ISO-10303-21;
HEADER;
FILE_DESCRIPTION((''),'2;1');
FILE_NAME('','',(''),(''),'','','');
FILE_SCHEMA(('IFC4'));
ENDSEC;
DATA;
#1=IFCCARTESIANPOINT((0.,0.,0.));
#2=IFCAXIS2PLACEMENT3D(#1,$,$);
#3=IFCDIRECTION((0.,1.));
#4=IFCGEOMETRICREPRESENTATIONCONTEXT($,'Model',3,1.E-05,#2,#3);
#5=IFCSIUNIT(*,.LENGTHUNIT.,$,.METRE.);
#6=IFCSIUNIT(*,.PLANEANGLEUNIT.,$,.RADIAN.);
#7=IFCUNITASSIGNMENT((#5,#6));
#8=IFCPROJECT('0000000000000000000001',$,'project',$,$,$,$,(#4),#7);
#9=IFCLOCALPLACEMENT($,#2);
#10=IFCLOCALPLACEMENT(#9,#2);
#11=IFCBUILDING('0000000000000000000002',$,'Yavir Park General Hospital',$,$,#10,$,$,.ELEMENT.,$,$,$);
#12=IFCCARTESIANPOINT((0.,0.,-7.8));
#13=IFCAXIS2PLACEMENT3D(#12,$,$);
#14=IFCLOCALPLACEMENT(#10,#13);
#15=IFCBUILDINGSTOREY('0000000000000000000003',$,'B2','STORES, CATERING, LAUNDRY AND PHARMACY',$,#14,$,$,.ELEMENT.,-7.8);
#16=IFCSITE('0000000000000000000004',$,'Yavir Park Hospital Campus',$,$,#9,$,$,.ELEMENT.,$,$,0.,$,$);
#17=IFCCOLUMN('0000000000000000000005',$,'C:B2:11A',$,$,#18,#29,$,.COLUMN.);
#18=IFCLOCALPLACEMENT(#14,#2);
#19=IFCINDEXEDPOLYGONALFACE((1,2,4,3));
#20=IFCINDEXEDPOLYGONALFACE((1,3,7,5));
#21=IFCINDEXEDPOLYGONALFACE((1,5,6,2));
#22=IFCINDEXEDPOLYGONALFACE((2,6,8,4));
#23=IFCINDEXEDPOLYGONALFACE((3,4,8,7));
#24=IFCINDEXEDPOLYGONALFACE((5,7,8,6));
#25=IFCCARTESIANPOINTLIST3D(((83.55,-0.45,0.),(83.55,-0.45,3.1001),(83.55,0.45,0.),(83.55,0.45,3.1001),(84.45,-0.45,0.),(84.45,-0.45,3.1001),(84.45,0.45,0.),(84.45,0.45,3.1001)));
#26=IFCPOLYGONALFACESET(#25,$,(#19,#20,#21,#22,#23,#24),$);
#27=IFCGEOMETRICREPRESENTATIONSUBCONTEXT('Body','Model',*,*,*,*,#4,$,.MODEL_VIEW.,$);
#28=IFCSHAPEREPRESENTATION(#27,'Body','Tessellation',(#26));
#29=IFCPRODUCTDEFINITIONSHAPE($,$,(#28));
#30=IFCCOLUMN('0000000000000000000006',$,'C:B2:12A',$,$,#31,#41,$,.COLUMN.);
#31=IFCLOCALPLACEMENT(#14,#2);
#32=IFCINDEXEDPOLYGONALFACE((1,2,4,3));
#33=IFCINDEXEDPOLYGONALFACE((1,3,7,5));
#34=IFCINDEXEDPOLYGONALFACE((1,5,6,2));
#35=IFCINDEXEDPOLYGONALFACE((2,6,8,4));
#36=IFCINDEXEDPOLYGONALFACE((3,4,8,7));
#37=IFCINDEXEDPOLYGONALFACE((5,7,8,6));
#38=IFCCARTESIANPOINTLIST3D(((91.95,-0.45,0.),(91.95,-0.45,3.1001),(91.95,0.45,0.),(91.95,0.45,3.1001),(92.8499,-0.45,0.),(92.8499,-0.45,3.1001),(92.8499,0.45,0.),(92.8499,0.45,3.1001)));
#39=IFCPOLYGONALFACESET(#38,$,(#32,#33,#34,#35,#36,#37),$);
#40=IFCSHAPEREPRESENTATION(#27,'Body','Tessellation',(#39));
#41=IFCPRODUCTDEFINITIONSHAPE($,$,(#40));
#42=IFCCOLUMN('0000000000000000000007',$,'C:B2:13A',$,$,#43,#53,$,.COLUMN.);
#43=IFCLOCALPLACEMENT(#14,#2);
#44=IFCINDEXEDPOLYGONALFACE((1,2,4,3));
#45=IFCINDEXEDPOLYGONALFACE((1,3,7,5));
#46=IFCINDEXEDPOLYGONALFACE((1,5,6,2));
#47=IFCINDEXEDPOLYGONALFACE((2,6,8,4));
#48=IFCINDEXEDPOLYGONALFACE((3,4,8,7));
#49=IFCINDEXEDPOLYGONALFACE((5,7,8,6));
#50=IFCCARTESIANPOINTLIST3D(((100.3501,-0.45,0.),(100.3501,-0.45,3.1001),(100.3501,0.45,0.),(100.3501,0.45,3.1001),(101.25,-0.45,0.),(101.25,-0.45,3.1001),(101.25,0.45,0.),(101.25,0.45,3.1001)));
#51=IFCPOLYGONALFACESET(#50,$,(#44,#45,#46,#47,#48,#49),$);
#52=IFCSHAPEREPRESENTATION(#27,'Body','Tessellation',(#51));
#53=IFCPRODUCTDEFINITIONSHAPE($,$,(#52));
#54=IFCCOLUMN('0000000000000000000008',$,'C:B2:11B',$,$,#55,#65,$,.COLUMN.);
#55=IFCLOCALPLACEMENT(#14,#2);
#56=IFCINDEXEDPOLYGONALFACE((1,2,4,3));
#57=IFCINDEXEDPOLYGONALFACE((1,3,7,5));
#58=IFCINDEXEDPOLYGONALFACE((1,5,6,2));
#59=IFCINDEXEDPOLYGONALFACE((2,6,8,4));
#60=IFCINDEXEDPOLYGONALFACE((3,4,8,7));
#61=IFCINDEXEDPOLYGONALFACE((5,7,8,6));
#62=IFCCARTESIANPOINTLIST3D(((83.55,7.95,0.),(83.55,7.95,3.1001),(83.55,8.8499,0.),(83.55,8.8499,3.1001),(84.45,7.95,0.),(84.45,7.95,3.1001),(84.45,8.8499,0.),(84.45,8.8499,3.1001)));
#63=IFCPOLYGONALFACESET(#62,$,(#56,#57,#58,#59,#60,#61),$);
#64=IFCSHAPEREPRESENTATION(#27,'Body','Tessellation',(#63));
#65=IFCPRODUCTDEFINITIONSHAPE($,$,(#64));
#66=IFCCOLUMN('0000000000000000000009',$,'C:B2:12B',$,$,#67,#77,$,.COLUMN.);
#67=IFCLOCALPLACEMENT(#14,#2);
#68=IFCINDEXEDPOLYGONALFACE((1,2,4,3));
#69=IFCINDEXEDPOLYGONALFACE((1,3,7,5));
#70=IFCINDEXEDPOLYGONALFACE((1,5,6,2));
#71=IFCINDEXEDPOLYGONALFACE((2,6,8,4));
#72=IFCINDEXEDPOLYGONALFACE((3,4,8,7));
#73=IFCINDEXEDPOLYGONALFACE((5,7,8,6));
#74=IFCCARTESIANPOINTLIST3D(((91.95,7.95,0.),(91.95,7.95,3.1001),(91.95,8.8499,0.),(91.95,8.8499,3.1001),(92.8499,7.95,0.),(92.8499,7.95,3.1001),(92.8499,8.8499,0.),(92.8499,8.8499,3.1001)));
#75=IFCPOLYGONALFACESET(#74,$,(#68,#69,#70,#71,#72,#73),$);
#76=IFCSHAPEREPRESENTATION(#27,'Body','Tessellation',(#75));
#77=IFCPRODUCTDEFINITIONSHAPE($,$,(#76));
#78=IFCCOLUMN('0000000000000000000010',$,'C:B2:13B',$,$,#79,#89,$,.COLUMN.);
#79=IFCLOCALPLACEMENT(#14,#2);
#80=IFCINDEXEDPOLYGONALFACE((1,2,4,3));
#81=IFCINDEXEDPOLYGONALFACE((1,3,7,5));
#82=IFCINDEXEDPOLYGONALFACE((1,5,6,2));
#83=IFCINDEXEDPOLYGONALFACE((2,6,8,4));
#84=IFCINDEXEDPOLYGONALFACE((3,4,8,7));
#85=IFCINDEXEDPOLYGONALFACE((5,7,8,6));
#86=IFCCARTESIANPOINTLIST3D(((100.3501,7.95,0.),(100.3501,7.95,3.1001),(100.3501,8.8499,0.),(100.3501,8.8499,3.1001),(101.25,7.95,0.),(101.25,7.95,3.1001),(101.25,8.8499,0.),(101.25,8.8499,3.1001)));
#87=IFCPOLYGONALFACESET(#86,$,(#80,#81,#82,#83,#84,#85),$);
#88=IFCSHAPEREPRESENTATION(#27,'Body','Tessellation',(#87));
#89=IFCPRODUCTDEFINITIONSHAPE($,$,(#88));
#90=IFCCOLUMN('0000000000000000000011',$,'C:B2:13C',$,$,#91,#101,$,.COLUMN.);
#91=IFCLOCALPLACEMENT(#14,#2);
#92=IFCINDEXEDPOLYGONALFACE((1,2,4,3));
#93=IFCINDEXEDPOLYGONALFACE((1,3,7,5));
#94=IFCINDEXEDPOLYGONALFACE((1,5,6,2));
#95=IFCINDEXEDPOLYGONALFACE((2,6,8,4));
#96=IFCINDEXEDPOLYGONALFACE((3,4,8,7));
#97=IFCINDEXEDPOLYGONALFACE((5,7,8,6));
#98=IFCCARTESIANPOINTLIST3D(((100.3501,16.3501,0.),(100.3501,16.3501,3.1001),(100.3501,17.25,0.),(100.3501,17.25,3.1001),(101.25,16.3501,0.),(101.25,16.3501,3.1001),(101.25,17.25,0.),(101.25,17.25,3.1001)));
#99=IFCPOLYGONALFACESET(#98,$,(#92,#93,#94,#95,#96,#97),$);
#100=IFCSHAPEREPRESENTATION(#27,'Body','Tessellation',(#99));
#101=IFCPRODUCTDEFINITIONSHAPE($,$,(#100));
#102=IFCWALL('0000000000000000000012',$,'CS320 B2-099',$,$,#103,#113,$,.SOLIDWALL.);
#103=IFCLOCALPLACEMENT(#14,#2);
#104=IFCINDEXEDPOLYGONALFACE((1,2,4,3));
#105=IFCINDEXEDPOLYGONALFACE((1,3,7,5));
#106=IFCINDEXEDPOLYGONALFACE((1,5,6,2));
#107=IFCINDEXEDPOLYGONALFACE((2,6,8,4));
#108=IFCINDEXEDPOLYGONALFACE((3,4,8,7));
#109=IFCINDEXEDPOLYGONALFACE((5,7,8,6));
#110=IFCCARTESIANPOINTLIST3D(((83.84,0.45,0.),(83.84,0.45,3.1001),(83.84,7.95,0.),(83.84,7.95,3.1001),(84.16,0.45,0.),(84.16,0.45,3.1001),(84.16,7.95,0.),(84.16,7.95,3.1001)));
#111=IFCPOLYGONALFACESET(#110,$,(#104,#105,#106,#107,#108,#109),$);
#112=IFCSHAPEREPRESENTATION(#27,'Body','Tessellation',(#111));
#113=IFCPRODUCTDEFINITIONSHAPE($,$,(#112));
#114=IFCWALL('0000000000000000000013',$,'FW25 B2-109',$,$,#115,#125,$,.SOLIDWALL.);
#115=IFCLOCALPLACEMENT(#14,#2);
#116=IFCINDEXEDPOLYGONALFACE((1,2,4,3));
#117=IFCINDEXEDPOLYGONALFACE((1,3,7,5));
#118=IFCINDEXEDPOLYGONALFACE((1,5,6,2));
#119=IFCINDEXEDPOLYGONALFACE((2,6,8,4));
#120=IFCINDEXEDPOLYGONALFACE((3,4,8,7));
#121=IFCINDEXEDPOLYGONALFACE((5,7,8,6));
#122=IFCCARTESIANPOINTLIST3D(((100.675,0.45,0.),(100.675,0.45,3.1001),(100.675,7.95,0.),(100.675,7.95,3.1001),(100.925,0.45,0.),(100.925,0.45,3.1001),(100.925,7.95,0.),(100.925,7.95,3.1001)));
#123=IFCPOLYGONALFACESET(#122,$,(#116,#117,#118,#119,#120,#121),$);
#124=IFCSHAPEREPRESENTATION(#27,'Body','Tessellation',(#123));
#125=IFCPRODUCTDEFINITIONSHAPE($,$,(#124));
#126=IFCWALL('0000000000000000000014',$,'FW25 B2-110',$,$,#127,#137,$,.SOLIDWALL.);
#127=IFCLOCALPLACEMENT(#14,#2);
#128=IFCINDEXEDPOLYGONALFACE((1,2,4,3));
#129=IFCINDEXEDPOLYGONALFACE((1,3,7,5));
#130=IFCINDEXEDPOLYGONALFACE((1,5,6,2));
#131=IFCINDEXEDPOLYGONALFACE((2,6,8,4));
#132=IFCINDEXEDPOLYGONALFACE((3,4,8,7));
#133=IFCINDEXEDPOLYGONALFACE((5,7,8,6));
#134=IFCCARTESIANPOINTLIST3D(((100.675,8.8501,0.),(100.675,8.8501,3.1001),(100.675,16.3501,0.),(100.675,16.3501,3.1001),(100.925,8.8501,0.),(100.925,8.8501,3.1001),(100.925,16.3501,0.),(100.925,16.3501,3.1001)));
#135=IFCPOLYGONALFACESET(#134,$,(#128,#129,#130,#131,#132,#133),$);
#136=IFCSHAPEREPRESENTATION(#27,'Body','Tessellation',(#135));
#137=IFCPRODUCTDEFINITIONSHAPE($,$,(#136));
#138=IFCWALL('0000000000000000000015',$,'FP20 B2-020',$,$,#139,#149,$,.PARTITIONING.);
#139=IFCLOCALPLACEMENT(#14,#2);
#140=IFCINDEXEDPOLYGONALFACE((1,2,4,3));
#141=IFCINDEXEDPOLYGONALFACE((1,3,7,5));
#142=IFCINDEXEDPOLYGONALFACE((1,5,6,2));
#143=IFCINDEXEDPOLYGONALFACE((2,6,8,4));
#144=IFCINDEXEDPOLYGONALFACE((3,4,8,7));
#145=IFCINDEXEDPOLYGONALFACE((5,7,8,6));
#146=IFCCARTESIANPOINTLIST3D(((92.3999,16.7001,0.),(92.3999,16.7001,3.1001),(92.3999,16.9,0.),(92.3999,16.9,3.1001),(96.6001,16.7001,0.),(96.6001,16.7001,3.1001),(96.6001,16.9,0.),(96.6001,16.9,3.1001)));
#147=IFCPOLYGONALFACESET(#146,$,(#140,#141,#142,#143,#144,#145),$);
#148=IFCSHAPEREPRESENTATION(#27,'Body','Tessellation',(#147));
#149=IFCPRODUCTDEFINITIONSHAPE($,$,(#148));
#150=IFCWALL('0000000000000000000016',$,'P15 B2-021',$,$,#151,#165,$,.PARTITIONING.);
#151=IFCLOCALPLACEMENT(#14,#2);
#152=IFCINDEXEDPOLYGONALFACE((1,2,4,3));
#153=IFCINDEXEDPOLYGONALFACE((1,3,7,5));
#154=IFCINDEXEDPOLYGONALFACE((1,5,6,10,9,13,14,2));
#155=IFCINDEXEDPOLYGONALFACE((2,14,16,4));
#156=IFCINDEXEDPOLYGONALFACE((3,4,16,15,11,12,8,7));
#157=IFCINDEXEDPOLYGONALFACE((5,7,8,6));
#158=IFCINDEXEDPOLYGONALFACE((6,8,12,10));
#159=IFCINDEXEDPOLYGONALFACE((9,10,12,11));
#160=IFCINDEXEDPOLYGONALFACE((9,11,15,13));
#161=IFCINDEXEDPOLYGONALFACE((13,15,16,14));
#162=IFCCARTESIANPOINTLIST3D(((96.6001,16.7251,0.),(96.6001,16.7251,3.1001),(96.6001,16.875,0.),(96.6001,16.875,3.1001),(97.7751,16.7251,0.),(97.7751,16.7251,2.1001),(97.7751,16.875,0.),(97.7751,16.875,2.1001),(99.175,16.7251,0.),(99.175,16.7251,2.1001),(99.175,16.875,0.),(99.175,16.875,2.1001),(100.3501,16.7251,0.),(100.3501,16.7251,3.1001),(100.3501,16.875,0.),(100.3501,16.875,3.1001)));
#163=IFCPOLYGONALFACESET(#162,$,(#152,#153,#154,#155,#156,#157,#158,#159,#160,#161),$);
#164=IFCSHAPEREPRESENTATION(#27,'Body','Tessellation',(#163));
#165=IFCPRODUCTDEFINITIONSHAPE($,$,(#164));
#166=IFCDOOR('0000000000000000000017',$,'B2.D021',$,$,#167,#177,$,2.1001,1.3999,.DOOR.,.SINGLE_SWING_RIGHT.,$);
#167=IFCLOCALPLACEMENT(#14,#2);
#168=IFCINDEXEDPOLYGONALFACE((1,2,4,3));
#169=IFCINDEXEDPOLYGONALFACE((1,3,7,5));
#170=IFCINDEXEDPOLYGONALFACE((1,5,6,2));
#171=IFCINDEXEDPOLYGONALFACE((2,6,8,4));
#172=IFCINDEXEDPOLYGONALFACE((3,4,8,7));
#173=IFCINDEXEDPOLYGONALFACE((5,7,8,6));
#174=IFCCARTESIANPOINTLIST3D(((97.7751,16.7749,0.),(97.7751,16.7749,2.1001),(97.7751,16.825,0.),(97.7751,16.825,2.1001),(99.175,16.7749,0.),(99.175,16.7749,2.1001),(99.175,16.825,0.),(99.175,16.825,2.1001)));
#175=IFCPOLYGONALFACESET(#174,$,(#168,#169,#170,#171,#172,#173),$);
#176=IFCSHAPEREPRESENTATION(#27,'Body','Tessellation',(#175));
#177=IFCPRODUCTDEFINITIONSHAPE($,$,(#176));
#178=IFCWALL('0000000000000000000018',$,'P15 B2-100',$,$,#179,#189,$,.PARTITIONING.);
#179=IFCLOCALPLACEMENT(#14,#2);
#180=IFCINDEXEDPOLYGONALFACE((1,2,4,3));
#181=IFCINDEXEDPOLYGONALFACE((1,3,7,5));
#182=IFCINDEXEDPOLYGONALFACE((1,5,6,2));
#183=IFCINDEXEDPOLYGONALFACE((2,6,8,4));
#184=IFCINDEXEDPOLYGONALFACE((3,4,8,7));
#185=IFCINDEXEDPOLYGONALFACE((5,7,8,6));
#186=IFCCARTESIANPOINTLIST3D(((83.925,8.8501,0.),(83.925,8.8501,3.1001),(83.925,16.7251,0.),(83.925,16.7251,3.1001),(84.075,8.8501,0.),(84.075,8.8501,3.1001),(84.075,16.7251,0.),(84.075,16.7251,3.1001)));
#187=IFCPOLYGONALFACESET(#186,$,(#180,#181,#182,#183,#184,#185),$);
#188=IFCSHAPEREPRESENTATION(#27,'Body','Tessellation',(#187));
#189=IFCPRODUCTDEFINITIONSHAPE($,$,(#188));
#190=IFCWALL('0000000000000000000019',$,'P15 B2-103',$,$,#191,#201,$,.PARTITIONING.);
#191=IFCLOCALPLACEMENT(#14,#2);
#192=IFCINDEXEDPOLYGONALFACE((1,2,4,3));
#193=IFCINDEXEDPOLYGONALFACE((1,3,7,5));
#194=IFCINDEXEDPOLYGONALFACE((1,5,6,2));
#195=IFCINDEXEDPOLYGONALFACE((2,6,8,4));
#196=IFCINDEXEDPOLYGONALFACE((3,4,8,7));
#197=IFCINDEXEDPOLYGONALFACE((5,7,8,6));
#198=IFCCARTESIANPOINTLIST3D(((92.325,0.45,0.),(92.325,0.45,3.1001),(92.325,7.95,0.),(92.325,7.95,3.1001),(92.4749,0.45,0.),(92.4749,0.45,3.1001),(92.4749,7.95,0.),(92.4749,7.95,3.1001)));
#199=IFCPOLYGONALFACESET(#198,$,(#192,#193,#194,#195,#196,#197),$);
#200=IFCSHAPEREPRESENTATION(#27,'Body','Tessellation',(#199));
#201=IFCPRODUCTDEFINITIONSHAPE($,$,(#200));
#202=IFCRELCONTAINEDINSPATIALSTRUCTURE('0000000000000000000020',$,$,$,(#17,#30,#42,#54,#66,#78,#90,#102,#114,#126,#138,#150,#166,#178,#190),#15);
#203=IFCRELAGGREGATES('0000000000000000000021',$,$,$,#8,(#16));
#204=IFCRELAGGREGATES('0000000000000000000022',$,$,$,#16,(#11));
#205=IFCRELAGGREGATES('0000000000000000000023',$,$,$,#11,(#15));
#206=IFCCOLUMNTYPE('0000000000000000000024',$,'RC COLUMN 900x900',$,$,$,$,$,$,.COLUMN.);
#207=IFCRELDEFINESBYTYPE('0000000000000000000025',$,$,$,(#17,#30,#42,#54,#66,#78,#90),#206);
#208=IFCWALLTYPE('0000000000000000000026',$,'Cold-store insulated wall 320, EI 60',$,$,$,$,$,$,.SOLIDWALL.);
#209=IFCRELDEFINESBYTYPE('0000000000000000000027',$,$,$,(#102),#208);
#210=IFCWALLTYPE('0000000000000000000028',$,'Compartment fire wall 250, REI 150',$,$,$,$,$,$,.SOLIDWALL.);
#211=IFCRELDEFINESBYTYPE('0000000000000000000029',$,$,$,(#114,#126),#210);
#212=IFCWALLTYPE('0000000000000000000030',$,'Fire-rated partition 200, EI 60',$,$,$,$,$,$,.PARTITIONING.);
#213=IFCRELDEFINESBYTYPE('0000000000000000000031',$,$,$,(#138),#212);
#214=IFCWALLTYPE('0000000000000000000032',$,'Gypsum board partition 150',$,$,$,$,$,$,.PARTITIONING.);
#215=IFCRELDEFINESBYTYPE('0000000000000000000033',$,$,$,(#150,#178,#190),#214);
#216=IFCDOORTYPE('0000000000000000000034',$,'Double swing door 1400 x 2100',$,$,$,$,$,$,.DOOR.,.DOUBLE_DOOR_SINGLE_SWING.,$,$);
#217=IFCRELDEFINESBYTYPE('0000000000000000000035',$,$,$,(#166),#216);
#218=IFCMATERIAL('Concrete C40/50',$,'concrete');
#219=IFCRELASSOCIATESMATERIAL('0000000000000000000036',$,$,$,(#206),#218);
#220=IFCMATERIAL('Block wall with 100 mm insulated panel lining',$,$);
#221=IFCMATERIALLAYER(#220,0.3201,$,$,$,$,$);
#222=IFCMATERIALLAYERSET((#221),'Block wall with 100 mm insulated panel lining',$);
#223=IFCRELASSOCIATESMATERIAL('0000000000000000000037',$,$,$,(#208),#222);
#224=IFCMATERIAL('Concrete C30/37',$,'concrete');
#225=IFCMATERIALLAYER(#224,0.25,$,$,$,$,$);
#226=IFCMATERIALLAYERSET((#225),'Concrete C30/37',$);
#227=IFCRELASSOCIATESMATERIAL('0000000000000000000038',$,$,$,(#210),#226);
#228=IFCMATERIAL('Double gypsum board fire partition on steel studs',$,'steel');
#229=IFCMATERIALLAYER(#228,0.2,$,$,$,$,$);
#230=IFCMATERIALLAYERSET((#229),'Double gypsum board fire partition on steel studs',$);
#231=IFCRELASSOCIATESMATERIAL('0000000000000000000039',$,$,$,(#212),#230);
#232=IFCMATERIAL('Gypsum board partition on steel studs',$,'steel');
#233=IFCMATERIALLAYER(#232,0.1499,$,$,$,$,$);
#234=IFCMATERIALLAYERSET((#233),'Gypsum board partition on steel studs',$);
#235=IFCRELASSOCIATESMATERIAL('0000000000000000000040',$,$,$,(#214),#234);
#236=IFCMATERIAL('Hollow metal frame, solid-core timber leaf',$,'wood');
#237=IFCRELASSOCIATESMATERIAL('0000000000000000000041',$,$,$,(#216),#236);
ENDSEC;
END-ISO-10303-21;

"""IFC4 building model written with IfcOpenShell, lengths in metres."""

from ifc_helpers import new_model, si_unit, direction, frame, frame_2d, origin, origin_2d, place, context, subcontext, project, spatial, rectangle, extrude, material, layer, layer_set, material_profile, profile_set, type_object, element, fill, save


model = new_model("IFC4")

# Units and contexts
model_context = context("Model", 3, precision=1e-05, world=origin(), true_north=direction((0.0, 1.0)))
body_context = subcontext(model_context, "Body", "Model", "MODEL_VIEW")
ifc_project = project(units=[si_unit("LENGTHUNIT", "METRE"), si_unit("PLANEANGLEUNIT", "RADIAN")], contexts=[model_context])

# Site, building, storey
site_placement = place(None, origin())
site = spatial("IfcSite", under=ifc_project, at=site_placement, Name="Yavir Park Hospital Campus", CompositionType="ELEMENT", RefElevation=0.0)
building_placement = place(site_placement, origin())
building = spatial("IfcBuilding", under=site, at=building_placement, Name="Yavir Park General Hospital", CompositionType="ELEMENT")
storey_placement = place(building_placement, frame((0.0, 0.0, -7.8)))
storey = spatial("IfcBuildingStorey", under=building, at=storey_placement, Name="B2", Description="STORES, CATERING, LAUNDRY AND PHARMACY", CompositionType="ELEMENT", Elevation=-7.8)

# Columns
ifc_material_1 = material(Name="Concrete C40/50", Category="concrete")
ifc_material_profile = material_profile(ifc_material_1, rectangle(XDim=0.8999, YDim=0.8999, at=origin_2d()), Name="RC900x900")
ifc_profile_set = profile_set([ifc_material_profile], Name="Concrete C40/50")
column_type = type_object("IfcColumnType", Name="RC COLUMN 900x900", PredefinedType="COLUMN", material=ifc_profile_set)
for number, where, z_axis, x_axis, name in (
    (1, (84.0, 0.0, 0.0), (0.0, 0.0, 1.0), (1.0, 0.0, 0.0), "C:B2:11A"),
    (2, (92.3999, 0.0, 0.0), (0.0, 0.0, 1.0), (1.0, 0.0, 0.0), "C:B2:12A"),
    (3, (100.8, 0.0, 0.0), (0.0, 0.0, 1.0), (1.0, 0.0, 0.0), "C:B2:13A"),
    (4, (84.0, 8.3999, 0.0), (0.0, 0.0, 1.0), (1.0, 0.0, 0.0), "C:B2:11B"),
    (5, (92.3999, 8.3999, 0.0), (0.0, 0.0, 1.0), (1.0, 0.0, 0.0), "C:B2:12B"),
    (6, (100.8, 8.3999, 0.0), (0.0, 0.0, 1.0), (1.0, 0.0, 0.0), "C:B2:13B"),
    (7, (100.8, 16.8, 0.0), (0.0, 0.0, 1.0), (1.0, 0.0, 0.0), "C:B2:13C"),
):
    element("IfcColumn", number, at=place(storey_placement, frame(where, z_axis=z_axis, x_axis=x_axis)), inside=storey, type_object=column_type, Name=name, PredefinedType="COLUMN", context=body_context, shape_type="SweptSolid", body=[
        extrude(rectangle(XDim=0.8999, YDim=0.8999, at=origin_2d()), origin(), (0.0, 0.0, 1.0), 3.1001),
    ])

# Walls
ifc_material_2 = material(Name="Block wall with 100 mm insulated panel lining")
ifc_layer_1 = layer(ifc_material_2, 0.3201)
ifc_layer_set_1 = layer_set([ifc_layer_1], Name="Block wall with 100 mm insulated panel lining")
wall_type_1 = type_object("IfcWallType", Name="Cold-store insulated wall 320, EI 60", PredefinedType="SOLIDWALL", material=ifc_layer_set_1)
wall_1_placement = place(storey_placement, frame((84.0, 0.45, 0.0), z_axis=(0.0, 0.0, 1.0), x_axis=(0.0, 1.0, 0.0)))
element("IfcWall", 8, at=wall_1_placement, inside=storey, type_object=wall_type_1, Name="CS320 B2-099", PredefinedType="SOLIDWALL", context=body_context, shape_type="SweptSolid", body=[
    extrude(rectangle(XDim=7.5, YDim=0.3201, at=frame_2d((3.75, 0.0))), origin(), (0.0, 0.0, 1.0), 3.1001),
])
ifc_material_3 = material(Name="Concrete C30/37", Category="concrete")
ifc_layer_2 = layer(ifc_material_3, 0.25)
ifc_layer_set_2 = layer_set([ifc_layer_2], Name="Concrete C30/37")
wall_type_2 = type_object("IfcWallType", Name="Compartment fire wall 250, REI 150", PredefinedType="SOLIDWALL", material=ifc_layer_set_2)
for number, where, z_axis, x_axis, name in (
    (9, (100.8, 0.45, 0.0), (0.0, 0.0, 1.0), (0.0, 1.0, 0.0), "FW25 B2-109"),
    (10, (100.8, 8.8501, 0.0), (0.0, 0.0, 1.0), (0.0, 1.0, 0.0), "FW25 B2-110"),
):
    element("IfcWall", number, at=place(storey_placement, frame(where, z_axis=z_axis, x_axis=x_axis)), inside=storey, type_object=wall_type_2, Name=name, PredefinedType="SOLIDWALL", context=body_context, shape_type="SweptSolid", body=[
        extrude(rectangle(XDim=7.5, YDim=0.25, at=frame_2d((3.75, 0.0))), origin(), (0.0, 0.0, 1.0), 3.1001),
    ])
ifc_material_4 = material(Name="Double gypsum board fire partition on steel studs", Category="steel")
ifc_layer_3 = layer(ifc_material_4, 0.2)
ifc_layer_set_3 = layer_set([ifc_layer_3], Name="Double gypsum board fire partition on steel studs")
wall_type_3 = type_object("IfcWallType", Name="Fire-rated partition 200, EI 60", PredefinedType="PARTITIONING", material=ifc_layer_set_3)
wall_2_placement = place(storey_placement, frame((92.3999, 16.8, 0.0), z_axis=(0.0, 0.0, 1.0), x_axis=(1.0, 0.0, 0.0)))
element("IfcWall", 11, at=wall_2_placement, inside=storey, type_object=wall_type_3, Name="FP20 B2-020", PredefinedType="PARTITIONING", context=body_context, shape_type="SweptSolid", body=[
    extrude(rectangle(XDim=4.2002, YDim=0.2, at=frame_2d((2.1001, 0.0))), origin(), (0.0, 0.0, 1.0), 3.1001),
])

# Wall, opening, door
ifc_material_5 = material(Name="Gypsum board partition on steel studs", Category="steel")
ifc_layer_4 = layer(ifc_material_5, 0.1499)
ifc_layer_set_4 = layer_set([ifc_layer_4], Name="Gypsum board partition on steel studs")
wall_type_4 = type_object("IfcWallType", Name="Gypsum board partition 150", PredefinedType="PARTITIONING", material=ifc_layer_set_4)
wall_3_placement = place(storey_placement, frame((96.6001, 16.8, 0.0), z_axis=(0.0, 0.0, 1.0), x_axis=(1.0, 0.0, 0.0)))
wall_3 = element("IfcWall", 12, at=wall_3_placement, inside=storey, type_object=wall_type_4, Name="P15 B2-021", PredefinedType="PARTITIONING", context=body_context, shape_type="SweptSolid", body=[
    extrude(rectangle(XDim=3.75, YDim=0.1499, at=frame_2d((1.875, 0.0))), origin(), (0.0, 0.0, 1.0), 3.1001),
])
opening_placement = place(wall_3_placement, frame((1.175, 0.0, 0.0)))
opening = element("IfcOpeningElement", 13, at=opening_placement, cuts=wall_3, PredefinedType="OPENING", context=body_context, shape_type="SweptSolid", body=[
    extrude(rectangle(XDim=1.3999, YDim=2.1001, at=frame_2d((0.7, 1.05))), frame((0.0, 0.085, 0.0), z_axis=(0.0, -1.0, 0.0), x_axis=(1.0, 0.0, 0.0)), (0.0, 0.0, 1.0), 0.1699),
])
ifc_material_6 = material(Name="Hollow metal frame, solid-core timber leaf", Category="wood")
door_type = type_object("IfcDoorType", Name="Double swing door 1400 x 2100", OperationType="DOUBLE_DOOR_SINGLE_SWING", PredefinedType="DOOR", material=ifc_material_6)
door_placement = place(opening_placement, origin())
door = element("IfcDoor", 14, at=door_placement, inside=storey, type_object=door_type, Name="B2.D021", OperationType="SINGLE_SWING_RIGHT", OverallHeight=2.1001, OverallWidth=1.3999, PredefinedType="DOOR", context=body_context, shape_type="SweptSolid", body=[
    extrude(rectangle(XDim=1.3999, YDim=2.1001, at=frame_2d((0.7, 1.05))), frame((0.0, 0.0249, 0.0), z_axis=(0.0, -1.0, 0.0), x_axis=(1.0, 0.0, 0.0)), (0.0, 0.0, 1.0), 0.05),
])
fill(opening, door)

# Walls
wall_4_placement = place(storey_placement, frame((84.0, 8.8501, 0.0), z_axis=(0.0, 0.0, 1.0), x_axis=(0.0, 1.0, 0.0)))
element("IfcWall", 15, at=wall_4_placement, inside=storey, type_object=wall_type_4, Name="P15 B2-100", PredefinedType="PARTITIONING", context=body_context, shape_type="SweptSolid", body=[
    extrude(rectangle(XDim=7.875, YDim=0.1499, at=frame_2d((3.9375, 0.0))), origin(), (0.0, 0.0, 1.0), 3.1001),
])
wall_5_placement = place(storey_placement, frame((92.3999, 0.45, 0.0), z_axis=(0.0, 0.0, 1.0), x_axis=(0.0, 1.0, 0.0)))
element("IfcWall", 16, at=wall_5_placement, inside=storey, type_object=wall_type_4, Name="P15 B2-103", PredefinedType="PARTITIONING", context=body_context, shape_type="SweptSolid", body=[
    extrude(rectangle(XDim=7.5, YDim=0.1499, at=frame_2d((3.75, 0.0))), origin(), (0.0, 0.0, 1.0), 3.1001),
])

save(model, "model.ifc")
